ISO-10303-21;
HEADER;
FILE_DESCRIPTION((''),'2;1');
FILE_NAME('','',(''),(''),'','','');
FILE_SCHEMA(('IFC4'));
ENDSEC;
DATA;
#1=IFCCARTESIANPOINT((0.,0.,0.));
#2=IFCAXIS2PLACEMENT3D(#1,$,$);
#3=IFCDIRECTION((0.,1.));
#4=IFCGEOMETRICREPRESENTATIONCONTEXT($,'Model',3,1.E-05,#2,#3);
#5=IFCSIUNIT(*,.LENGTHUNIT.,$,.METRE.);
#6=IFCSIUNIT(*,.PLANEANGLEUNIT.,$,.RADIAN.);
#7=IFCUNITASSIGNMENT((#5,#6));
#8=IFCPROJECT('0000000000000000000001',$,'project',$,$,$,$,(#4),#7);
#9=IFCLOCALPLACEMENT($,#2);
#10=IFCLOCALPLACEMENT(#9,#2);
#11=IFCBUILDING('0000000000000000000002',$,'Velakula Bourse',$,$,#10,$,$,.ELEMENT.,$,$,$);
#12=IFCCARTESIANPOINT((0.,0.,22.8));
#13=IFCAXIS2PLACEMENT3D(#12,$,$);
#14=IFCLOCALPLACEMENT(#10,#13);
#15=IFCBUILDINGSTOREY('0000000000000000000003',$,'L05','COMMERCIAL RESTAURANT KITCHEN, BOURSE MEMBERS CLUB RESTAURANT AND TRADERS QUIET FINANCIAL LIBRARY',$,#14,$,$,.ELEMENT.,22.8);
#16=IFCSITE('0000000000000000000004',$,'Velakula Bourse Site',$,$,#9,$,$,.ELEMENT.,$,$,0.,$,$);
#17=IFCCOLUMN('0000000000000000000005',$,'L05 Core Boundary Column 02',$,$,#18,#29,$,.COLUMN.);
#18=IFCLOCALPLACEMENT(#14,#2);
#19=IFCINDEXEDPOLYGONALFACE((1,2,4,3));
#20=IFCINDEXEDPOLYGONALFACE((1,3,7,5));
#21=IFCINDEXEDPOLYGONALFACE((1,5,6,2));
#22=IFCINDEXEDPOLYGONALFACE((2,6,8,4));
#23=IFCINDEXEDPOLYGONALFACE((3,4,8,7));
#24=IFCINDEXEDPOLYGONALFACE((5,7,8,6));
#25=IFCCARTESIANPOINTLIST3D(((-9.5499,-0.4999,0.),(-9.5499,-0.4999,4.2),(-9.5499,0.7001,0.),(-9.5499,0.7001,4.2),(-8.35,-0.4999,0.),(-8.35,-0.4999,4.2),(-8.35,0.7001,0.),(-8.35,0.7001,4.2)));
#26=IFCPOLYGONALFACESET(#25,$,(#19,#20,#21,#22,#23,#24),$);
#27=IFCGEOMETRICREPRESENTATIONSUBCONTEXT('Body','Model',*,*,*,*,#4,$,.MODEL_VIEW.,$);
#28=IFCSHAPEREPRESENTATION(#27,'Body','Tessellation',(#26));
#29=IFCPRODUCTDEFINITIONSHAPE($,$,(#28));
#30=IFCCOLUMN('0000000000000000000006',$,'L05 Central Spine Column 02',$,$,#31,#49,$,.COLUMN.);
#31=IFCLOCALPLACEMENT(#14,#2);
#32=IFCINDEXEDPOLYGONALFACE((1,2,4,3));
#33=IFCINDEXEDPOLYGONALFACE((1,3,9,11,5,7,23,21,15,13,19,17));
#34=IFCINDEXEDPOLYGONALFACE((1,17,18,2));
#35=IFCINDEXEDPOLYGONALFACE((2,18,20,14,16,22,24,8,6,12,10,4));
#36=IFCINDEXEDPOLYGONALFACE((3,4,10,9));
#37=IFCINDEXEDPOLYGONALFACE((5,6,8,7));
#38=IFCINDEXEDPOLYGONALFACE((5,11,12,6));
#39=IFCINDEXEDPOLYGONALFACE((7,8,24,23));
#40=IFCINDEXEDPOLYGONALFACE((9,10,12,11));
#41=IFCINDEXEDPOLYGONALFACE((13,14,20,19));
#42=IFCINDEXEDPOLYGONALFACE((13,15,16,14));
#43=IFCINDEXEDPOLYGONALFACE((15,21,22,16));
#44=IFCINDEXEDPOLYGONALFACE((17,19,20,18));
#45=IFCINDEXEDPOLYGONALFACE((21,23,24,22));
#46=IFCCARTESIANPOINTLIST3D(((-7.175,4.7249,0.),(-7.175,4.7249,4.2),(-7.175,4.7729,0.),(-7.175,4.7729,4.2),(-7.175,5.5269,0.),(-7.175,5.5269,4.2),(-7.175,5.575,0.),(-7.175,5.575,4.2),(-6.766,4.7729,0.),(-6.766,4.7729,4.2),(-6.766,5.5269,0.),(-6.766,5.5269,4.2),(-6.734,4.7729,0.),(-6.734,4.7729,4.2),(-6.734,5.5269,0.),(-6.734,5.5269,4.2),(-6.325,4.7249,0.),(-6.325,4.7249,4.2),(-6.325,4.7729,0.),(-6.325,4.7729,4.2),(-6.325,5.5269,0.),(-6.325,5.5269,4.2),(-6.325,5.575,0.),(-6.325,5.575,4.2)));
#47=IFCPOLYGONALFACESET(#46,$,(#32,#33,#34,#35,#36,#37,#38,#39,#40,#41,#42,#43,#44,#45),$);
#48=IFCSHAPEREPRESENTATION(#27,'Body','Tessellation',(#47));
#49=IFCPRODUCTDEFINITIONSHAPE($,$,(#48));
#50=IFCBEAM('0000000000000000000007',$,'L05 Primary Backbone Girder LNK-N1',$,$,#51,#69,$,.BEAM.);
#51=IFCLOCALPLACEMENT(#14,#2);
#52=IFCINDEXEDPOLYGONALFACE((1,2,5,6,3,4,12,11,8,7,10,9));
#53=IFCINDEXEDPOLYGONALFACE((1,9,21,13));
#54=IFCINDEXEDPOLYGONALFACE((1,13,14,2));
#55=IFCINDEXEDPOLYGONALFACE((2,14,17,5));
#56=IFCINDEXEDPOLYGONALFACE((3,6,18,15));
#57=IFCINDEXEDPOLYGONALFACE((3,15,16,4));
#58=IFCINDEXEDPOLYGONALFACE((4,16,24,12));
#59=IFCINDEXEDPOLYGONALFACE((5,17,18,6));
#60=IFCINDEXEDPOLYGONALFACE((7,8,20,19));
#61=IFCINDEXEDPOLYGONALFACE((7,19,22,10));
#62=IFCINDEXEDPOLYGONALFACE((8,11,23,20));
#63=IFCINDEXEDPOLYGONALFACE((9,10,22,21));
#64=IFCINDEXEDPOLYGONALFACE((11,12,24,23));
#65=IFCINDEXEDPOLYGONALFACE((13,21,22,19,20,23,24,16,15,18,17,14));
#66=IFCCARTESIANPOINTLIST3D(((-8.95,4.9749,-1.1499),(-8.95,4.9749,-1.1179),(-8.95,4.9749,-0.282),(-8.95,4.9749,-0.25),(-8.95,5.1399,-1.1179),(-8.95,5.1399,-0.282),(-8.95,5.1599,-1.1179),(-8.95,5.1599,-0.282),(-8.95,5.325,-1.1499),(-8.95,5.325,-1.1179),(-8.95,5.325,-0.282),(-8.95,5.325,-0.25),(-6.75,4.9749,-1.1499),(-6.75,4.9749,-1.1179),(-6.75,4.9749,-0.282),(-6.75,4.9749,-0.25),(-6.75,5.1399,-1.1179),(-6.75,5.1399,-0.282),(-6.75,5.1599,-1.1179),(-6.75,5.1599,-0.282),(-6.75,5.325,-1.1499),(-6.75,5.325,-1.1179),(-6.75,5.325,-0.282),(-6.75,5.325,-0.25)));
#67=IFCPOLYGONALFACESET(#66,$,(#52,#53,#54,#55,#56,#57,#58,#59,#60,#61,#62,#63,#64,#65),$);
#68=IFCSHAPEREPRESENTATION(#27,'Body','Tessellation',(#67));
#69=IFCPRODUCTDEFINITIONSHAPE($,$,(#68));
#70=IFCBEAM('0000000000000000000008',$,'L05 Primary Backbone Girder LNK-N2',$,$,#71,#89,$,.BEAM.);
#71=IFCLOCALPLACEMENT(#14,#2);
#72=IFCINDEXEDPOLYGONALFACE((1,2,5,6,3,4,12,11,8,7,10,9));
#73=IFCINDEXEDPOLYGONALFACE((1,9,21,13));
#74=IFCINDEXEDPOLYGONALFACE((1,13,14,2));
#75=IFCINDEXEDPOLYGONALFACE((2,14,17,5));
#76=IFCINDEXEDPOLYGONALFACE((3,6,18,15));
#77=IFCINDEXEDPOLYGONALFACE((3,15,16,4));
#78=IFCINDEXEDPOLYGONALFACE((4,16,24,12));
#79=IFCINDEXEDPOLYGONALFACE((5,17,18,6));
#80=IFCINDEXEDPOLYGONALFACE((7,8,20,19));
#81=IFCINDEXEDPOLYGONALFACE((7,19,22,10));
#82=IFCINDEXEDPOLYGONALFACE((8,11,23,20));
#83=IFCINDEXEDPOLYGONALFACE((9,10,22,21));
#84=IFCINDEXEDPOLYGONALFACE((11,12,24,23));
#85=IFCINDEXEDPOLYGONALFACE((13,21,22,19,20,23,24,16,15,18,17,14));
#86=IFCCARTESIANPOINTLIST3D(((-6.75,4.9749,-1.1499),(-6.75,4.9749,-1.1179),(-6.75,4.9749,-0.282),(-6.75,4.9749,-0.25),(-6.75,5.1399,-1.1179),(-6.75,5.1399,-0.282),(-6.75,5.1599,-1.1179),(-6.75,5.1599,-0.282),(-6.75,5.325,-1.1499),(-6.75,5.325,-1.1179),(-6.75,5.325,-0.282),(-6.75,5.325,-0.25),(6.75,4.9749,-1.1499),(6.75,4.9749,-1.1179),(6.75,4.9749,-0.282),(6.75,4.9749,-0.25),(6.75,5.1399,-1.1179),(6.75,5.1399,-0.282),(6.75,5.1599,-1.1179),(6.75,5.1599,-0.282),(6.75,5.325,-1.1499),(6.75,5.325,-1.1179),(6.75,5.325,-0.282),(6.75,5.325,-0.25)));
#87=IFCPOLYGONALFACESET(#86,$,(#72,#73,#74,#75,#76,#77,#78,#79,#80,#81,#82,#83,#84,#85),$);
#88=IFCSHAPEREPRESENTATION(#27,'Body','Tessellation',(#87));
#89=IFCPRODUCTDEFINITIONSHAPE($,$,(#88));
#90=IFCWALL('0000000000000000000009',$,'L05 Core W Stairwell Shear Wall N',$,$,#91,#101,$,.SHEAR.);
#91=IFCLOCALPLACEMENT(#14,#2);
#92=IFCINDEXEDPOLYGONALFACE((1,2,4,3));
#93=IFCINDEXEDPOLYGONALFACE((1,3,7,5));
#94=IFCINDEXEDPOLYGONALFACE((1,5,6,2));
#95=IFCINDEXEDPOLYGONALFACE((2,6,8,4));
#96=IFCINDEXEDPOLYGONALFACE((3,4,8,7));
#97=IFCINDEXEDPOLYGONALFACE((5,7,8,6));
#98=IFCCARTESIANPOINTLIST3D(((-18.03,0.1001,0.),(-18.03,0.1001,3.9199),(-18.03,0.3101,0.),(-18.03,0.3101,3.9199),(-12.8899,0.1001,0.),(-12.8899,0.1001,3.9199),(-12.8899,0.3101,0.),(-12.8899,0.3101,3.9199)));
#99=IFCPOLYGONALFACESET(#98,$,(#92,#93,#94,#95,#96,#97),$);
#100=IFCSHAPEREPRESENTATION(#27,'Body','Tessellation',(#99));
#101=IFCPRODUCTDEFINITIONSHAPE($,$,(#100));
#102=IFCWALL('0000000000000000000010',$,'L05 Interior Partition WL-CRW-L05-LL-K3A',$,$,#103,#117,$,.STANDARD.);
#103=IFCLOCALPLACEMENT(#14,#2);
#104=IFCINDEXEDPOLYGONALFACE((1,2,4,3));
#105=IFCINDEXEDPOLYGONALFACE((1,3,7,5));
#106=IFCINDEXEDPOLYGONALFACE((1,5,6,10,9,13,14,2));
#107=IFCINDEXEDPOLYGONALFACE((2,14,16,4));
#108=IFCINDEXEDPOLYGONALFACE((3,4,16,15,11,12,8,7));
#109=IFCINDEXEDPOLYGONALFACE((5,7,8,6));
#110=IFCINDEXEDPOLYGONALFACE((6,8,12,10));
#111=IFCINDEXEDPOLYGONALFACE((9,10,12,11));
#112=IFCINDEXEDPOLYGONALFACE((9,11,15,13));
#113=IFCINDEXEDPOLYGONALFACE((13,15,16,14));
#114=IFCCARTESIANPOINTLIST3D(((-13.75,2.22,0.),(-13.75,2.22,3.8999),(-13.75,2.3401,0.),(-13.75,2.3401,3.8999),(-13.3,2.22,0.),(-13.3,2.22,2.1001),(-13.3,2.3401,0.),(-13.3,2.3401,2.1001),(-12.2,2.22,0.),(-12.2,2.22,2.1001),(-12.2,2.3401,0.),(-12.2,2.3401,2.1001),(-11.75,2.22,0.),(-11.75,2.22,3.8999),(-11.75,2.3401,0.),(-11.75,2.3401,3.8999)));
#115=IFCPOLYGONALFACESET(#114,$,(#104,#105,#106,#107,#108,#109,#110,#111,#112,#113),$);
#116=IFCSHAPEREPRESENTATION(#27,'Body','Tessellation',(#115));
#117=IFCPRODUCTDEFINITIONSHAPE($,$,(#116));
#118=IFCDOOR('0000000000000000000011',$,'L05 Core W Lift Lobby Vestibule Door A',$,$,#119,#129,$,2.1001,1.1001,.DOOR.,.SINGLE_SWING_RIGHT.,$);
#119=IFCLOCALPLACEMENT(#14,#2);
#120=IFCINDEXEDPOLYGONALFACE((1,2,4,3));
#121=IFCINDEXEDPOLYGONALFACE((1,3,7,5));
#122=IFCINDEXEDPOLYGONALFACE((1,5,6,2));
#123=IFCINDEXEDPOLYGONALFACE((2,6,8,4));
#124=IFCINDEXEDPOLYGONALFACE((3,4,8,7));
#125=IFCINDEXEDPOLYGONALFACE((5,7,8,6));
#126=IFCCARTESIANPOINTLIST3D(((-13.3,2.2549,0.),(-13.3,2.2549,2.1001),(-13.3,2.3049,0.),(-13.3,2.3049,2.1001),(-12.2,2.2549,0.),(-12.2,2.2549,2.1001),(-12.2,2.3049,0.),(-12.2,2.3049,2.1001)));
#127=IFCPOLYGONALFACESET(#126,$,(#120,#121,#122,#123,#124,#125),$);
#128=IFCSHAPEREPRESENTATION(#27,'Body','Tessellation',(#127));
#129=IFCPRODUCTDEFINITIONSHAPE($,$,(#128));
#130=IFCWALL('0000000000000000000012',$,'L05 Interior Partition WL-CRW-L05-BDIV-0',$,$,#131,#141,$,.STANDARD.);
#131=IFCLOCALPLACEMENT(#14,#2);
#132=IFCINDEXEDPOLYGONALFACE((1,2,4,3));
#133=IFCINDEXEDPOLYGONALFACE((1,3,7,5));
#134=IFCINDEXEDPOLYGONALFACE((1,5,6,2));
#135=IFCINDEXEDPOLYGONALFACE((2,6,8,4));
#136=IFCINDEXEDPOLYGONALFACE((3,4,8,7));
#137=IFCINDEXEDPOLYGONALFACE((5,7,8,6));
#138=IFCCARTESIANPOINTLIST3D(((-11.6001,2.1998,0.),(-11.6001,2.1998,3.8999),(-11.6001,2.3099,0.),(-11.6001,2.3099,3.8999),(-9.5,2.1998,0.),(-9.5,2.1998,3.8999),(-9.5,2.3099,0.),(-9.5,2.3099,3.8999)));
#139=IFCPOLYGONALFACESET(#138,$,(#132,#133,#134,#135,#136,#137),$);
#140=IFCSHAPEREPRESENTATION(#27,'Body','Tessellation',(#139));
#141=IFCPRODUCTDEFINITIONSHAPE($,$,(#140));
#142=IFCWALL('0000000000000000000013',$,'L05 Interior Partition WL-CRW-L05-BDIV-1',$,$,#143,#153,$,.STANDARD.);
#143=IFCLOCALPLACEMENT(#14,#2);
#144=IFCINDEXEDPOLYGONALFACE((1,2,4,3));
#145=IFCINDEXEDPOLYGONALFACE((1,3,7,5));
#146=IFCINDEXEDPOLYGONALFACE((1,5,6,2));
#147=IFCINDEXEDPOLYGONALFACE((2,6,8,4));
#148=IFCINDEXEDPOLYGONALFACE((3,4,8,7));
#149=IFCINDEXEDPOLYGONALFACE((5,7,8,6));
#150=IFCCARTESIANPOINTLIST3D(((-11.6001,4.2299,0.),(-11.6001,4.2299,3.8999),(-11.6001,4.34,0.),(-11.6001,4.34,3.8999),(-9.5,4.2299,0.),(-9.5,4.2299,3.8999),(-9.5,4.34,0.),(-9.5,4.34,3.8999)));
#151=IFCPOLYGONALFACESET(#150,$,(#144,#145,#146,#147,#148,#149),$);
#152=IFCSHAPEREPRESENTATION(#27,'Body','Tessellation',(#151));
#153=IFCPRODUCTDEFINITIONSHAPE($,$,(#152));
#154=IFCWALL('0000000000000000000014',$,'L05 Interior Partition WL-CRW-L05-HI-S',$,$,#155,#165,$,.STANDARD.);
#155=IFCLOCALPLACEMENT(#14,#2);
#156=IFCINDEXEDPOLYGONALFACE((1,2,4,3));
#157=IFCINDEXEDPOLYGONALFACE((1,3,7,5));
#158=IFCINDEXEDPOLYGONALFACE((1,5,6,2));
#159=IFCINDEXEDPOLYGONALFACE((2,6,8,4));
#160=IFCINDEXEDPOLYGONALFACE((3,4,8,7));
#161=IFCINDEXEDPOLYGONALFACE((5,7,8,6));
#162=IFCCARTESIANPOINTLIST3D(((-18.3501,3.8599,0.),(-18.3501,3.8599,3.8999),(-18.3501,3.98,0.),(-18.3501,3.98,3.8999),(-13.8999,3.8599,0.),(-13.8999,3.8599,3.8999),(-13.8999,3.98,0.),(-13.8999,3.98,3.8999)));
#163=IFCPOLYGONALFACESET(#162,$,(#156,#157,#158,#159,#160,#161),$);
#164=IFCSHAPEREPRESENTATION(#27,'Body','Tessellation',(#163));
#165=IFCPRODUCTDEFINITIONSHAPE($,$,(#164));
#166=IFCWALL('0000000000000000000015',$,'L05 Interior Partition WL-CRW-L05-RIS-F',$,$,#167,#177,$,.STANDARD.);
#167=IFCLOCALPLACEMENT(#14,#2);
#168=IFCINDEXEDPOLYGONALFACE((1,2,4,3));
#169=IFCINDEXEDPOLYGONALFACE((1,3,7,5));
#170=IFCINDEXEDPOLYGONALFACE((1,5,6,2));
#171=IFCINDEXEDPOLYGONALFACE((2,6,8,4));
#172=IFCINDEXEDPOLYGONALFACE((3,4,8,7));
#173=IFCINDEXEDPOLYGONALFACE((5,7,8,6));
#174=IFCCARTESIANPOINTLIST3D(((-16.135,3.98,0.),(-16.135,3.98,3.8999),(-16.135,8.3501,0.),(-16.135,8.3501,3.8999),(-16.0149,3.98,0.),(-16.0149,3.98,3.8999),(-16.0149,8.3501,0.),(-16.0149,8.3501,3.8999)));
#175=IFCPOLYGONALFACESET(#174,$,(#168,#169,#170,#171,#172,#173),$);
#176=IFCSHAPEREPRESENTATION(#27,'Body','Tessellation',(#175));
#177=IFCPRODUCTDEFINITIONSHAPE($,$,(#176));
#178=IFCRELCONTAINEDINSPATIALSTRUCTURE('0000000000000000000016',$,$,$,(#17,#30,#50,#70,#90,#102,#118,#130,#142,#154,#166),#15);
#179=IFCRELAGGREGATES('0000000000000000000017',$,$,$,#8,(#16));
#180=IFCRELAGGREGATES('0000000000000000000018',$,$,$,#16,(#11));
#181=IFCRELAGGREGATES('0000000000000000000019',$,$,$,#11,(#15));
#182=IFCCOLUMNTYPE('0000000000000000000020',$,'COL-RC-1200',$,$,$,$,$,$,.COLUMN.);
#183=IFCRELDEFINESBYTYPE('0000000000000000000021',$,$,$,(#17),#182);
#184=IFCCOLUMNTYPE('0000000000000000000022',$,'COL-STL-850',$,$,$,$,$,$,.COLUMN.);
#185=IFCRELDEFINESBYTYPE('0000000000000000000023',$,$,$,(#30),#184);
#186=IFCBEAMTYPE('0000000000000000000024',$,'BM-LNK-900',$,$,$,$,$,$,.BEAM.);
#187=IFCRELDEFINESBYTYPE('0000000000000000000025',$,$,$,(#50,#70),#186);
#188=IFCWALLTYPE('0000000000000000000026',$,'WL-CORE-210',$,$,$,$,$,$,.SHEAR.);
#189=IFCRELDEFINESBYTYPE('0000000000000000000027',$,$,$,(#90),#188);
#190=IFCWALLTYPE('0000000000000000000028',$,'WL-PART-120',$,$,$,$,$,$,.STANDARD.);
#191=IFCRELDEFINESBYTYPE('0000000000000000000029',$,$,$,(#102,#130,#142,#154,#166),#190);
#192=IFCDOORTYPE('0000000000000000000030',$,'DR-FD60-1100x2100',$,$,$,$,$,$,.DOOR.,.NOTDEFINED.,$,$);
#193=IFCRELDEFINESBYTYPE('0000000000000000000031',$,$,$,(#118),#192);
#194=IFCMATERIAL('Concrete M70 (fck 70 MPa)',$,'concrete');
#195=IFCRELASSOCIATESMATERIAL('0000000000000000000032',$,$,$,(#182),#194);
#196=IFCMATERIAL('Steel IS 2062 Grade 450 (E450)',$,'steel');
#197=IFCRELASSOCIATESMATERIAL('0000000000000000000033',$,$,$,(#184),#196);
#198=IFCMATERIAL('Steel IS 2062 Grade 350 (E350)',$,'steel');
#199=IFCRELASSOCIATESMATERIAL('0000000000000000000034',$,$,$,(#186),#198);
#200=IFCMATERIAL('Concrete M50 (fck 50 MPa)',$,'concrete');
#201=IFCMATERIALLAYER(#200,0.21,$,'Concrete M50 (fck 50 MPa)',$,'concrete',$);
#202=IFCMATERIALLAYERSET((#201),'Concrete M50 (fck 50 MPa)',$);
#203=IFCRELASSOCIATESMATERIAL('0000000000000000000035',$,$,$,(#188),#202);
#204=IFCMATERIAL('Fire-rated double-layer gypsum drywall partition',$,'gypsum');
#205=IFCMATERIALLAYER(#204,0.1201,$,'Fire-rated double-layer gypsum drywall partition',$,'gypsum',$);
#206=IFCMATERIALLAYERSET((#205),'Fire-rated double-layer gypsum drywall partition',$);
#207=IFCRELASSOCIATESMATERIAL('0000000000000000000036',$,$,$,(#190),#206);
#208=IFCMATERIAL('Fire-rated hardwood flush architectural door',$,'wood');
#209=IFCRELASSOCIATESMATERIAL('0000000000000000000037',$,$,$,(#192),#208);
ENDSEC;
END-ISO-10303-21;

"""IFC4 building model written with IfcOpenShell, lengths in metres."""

from ifc_helpers import new_model, si_unit, direction, frame, frame_2d, origin, origin_2d, place, context, subcontext, project, spatial, rectangle, i_section, extrude, material, layer, layer_set, material_profile, profile_set, type_object, element, fill, save


model = new_model("IFC4")

# Units and contexts
model_context = context("Model", 3, precision=1e-05, world=origin(), true_north=direction((0.0, 1.0)))
body_context = subcontext(model_context, "Body", "Model", "MODEL_VIEW")
ifc_project = project(units=[si_unit("LENGTHUNIT", "METRE"), si_unit("PLANEANGLEUNIT", "RADIAN")], contexts=[model_context])

# Site, building, storey
site_placement = place(None, origin())
site = spatial("IfcSite", under=ifc_project, at=site_placement, Name="Velakula Bourse Site", CompositionType="ELEMENT", RefElevation=0.0)
building_placement = place(site_placement, origin())
building = spatial("IfcBuilding", under=site, at=building_placement, Name="Velakula Bourse", CompositionType="ELEMENT")
storey_placement = place(building_placement, frame((0.0, 0.0, 22.8)))
storey = spatial("IfcBuildingStorey", under=building, at=storey_placement, Name="L05", Description="COMMERCIAL RESTAURANT KITCHEN, BOURSE MEMBERS CLUB RESTAURANT AND TRADERS QUIET FINANCIAL LIBRARY", CompositionType="ELEMENT", Elevation=22.8)

# Columns
ifc_material_1 = material(Name="Concrete M70 (fck 70 MPa)", Category="concrete")
ifc_material_profile_1 = material_profile(ifc_material_1, rectangle(XDim=1.2, YDim=1.2, at=origin_2d()), Name="Concrete M70 (fck 70 MPa)")
ifc_profile_set_1 = profile_set([ifc_material_profile_1], Name="Concrete M70 (fck 70 MPa)")
column_type_1 = type_object("IfcColumnType", Name="COL-RC-1200", PredefinedType="COLUMN", material=ifc_profile_set_1)
column_1_placement = place(storey_placement, frame((-8.95, 0.1001, 0.0), z_axis=(0.0, 0.0, 1.0), x_axis=(1.0, 0.0, 0.0)))
element("IfcColumn", 1, at=column_1_placement, inside=storey, type_object=column_type_1, Name="L05 Core Boundary Column 02", PredefinedType="COLUMN", context=body_context, shape_type="SweptSolid", body=[
    extrude(rectangle(XDim=1.2, YDim=1.2, at=origin_2d()), origin(), (0.0, 0.0, 1.0), 4.2),
])
ifc_material_2 = material(Name="Steel IS 2062 Grade 450 (E450)", Category="steel")
ifc_material_profile_2 = material_profile(ifc_material_2, i_section(OverallWidth=0.8501, OverallDepth=0.8501, WebThickness=0.032, FlangeThickness=0.0481, at=origin_2d()), Name="Steel IS 2062 Grade 450 (E450)")
ifc_profile_set_2 = profile_set([ifc_material_profile_2], Name="Steel IS 2062 Grade 450 (E450)")
column_type_2 = type_object("IfcColumnType", Name="COL-STL-850", PredefinedType="COLUMN", material=ifc_profile_set_2)
column_2_placement = place(storey_placement, frame((-6.75, 5.1499, 0.0), z_axis=(0.0, 0.0, 1.0), x_axis=(1.0, 0.0, 0.0)))
element("IfcColumn", 2, at=column_2_placement, inside=storey, type_object=column_type_2, Name="L05 Central Spine Column 02", PredefinedType="COLUMN", context=body_context, shape_type="SweptSolid", body=[
    extrude(i_section(OverallWidth=0.8501, OverallDepth=0.8501, WebThickness=0.032, FlangeThickness=0.0481, at=origin_2d()), origin(), (0.0, 0.0, 1.0), 4.2),
])

# Beams
ifc_material_3 = material(Name="Steel IS 2062 Grade 350 (E350)", Category="steel")
ifc_material_profile_3 = material_profile(ifc_material_3, i_section(OverallWidth=0.3501, OverallDepth=0.8999, WebThickness=0.02, FlangeThickness=0.032, at=origin_2d()), Name="Steel IS 2062 Grade 350 (E350)")
ifc_profile_set_3 = profile_set([ifc_material_profile_3], Name="Steel IS 2062 Grade 350 (E350)")
beam_type = type_object("IfcBeamType", Name="BM-LNK-900", PredefinedType="BEAM", material=ifc_profile_set_3)
beam_1_placement = place(storey_placement, frame((-8.95, 5.1499, -0.7), z_axis=(1.0, 0.0, 0.0), x_axis=(0.0, 1.0, 0.0)))
element("IfcBeam", 3, at=beam_1_placement, inside=storey, type_object=beam_type, Name="L05 Primary Backbone Girder LNK-N1", PredefinedType="BEAM", context=body_context, shape_type="SweptSolid", body=[
    extrude(i_section(OverallWidth=0.3501, OverallDepth=0.8999, WebThickness=0.02, FlangeThickness=0.032, at=origin_2d()), origin(), (0.0, 0.0, 1.0), 2.2),
])
beam_2_placement = place(storey_placement, frame((-6.75, 5.1499, -0.7), z_axis=(1.0, 0.0, 0.0), x_axis=(0.0, 1.0, 0.0)))
element("IfcBeam", 4, at=beam_2_placement, inside=storey, type_object=beam_type, Name="L05 Primary Backbone Girder LNK-N2", PredefinedType="BEAM", context=body_context, shape_type="SweptSolid", body=[
    extrude(i_section(OverallWidth=0.3501, OverallDepth=0.8999, WebThickness=0.02, FlangeThickness=0.032, at=origin_2d()), origin(), (0.0, 0.0, 1.0), 13.5),
])

# Wall
ifc_material_4 = material(Name="Concrete M50 (fck 50 MPa)", Category="concrete")
ifc_layer_1 = layer(ifc_material_4, 0.21, Name="Concrete M50 (fck 50 MPa)", Category="concrete")
ifc_layer_set_1 = layer_set([ifc_layer_1], Name="Concrete M50 (fck 50 MPa)")
wall_type_1 = type_object("IfcWallType", Name="WL-CORE-210", PredefinedType="SHEAR", material=ifc_layer_set_1)
wall_1_placement = place(storey_placement, frame((-12.8899, 0.2051, 0.0), z_axis=(0.0, 0.0, 1.0), x_axis=(-1.0, 0.0, 0.0)))
element("IfcWall", 5, at=wall_1_placement, inside=storey, type_object=wall_type_1, Name="L05 Core W Stairwell Shear Wall N", PredefinedType="SHEAR", context=body_context, shape_type="SweptSolid", body=[
    extrude(rectangle(XDim=5.1401, YDim=0.21, at=frame_2d((2.5701, 0.0))), origin(), (0.0, 0.0, 1.0), 3.9199),
])

# Wall, opening, door
ifc_material_5 = material(Name="Fire-rated double-layer gypsum drywall partition", Category="gypsum")
ifc_layer_2 = layer(ifc_material_5, 0.1201, Name="Fire-rated double-layer gypsum drywall partition", Category="gypsum")
ifc_layer_set_2 = layer_set([ifc_layer_2], Name="Fire-rated double-layer gypsum drywall partition")
wall_type_2 = type_object("IfcWallType", Name="WL-PART-120", PredefinedType="STANDARD", material=ifc_layer_set_2)
wall_2_placement = place(storey_placement, frame((-13.75, 2.28, 0.0), z_axis=(0.0, 0.0, 1.0), x_axis=(1.0, 0.0, 0.0)))
wall_2 = element("IfcWall", 6, at=wall_2_placement, inside=storey, type_object=wall_type_2, Name="L05 Interior Partition WL-CRW-L05-LL-K3A", PredefinedType="STANDARD", context=body_context, shape_type="SweptSolid", body=[
    extrude(rectangle(XDim=2.0, YDim=0.1201, at=frame_2d((1.0, 0.0))), origin(), (0.0, 0.0, 1.0), 3.8999),
])
opening_1_placement = place(wall_2_placement, frame((0.45, 0.0, 0.0)))
opening_1 = element("IfcOpeningElement", 7, at=opening_1_placement, cuts=wall_2, PredefinedType="OPENING", context=body_context, shape_type="SweptSolid", body=[
    extrude(rectangle(XDim=1.1001, YDim=2.1001, at=frame_2d((0.55, 1.05))), frame((0.0, 0.0701, 0.0), z_axis=(0.0, -1.0, 0.0), x_axis=(1.0, 0.0, 0.0)), (0.0, 0.0, 1.0), 0.1401),
])
ifc_material_6 = material(Name="Fire-rated hardwood flush architectural door", Category="wood")
door_type_1 = type_object("IfcDoorType", Name="DR-FD60-1100x2100", OperationType="NOTDEFINED", PredefinedType="DOOR", material=ifc_material_6)
door_1_placement = place(opening_1_placement, origin())
door_1 = element("IfcDoor", 8, at=door_1_placement, inside=storey, type_object=door_type_1, Name="L05 Core W Lift Lobby Vestibule Door A", OperationType="SINGLE_SWING_RIGHT", OverallHeight=2.1001, OverallWidth=1.1001, PredefinedType="DOOR", context=body_context, shape_type="SweptSolid", body=[
    extrude(rectangle(XDim=1.1001, YDim=2.1001, at=frame_2d((0.55, 1.05))), frame((0.0, 0.0249, 0.0), z_axis=(0.0, -1.0, 0.0), x_axis=(1.0, 0.0, 0.0)), (0.0, 0.0, 1.0), 0.05),
])
fill(opening_1, door_1)

# Walls
for number, where, z_axis, x_axis, name in (
    (9, (-11.6001, 2.2549, 0.0), (0.0, 0.0, 1.0), (1.0, 0.0, 0.0), "L05 Interior Partition WL-CRW-L05-BDIV-0"),
    (10, (-11.6001, 4.2849, 0.0), (0.0, 0.0, 1.0), (1.0, 0.0, 0.0), "L05 Interior Partition WL-CRW-L05-BDIV-1"),
):
    element("IfcWall", number, at=place(storey_placement, frame(where, z_axis=z_axis, x_axis=x_axis)), inside=storey, type_object=wall_type_2, Name=name, PredefinedType="STANDARD", context=body_context, shape_type="SweptSolid", body=[
        extrude(rectangle(XDim=2.1001, YDim=0.1101, at=frame_2d((1.05, 0.0))), origin(), (0.0, 0.0, 1.0), 3.8999),
    ])
wall_3_placement = place(storey_placement, frame((-18.3501, 3.9199, 0.0), z_axis=(0.0, 0.0, 1.0), x_axis=(1.0, 0.0, 0.0)))
element("IfcWall", 11, at=wall_3_placement, inside=storey, type_object=wall_type_2, Name="L05 Interior Partition WL-CRW-L05-HI-S", PredefinedType="STANDARD", context=body_context, shape_type="SweptSolid", body=[
    extrude(rectangle(XDim=4.4502, YDim=0.1201, at=frame_2d((2.2251, 0.0))), origin(), (0.0, 0.0, 1.0), 3.8999),
])
wall_4_placement = place(storey_placement, frame((-16.075, 3.98, 0.0), z_axis=(0.0, 0.0, 1.0), x_axis=(0.0, 1.0, 0.0)))
element("IfcWall", 12, at=wall_4_placement, inside=storey, type_object=wall_type_2, Name="L05 Interior Partition WL-CRW-L05-RIS-F", PredefinedType="STANDARD", context=body_context, shape_type="SweptSolid", body=[
    extrude(rectangle(XDim=4.3701, YDim=0.1201, at=frame_2d((2.1851, 0.0))), origin(), (0.0, 0.0, 1.0), 3.8999),
])

save(model, "model.ifc")
